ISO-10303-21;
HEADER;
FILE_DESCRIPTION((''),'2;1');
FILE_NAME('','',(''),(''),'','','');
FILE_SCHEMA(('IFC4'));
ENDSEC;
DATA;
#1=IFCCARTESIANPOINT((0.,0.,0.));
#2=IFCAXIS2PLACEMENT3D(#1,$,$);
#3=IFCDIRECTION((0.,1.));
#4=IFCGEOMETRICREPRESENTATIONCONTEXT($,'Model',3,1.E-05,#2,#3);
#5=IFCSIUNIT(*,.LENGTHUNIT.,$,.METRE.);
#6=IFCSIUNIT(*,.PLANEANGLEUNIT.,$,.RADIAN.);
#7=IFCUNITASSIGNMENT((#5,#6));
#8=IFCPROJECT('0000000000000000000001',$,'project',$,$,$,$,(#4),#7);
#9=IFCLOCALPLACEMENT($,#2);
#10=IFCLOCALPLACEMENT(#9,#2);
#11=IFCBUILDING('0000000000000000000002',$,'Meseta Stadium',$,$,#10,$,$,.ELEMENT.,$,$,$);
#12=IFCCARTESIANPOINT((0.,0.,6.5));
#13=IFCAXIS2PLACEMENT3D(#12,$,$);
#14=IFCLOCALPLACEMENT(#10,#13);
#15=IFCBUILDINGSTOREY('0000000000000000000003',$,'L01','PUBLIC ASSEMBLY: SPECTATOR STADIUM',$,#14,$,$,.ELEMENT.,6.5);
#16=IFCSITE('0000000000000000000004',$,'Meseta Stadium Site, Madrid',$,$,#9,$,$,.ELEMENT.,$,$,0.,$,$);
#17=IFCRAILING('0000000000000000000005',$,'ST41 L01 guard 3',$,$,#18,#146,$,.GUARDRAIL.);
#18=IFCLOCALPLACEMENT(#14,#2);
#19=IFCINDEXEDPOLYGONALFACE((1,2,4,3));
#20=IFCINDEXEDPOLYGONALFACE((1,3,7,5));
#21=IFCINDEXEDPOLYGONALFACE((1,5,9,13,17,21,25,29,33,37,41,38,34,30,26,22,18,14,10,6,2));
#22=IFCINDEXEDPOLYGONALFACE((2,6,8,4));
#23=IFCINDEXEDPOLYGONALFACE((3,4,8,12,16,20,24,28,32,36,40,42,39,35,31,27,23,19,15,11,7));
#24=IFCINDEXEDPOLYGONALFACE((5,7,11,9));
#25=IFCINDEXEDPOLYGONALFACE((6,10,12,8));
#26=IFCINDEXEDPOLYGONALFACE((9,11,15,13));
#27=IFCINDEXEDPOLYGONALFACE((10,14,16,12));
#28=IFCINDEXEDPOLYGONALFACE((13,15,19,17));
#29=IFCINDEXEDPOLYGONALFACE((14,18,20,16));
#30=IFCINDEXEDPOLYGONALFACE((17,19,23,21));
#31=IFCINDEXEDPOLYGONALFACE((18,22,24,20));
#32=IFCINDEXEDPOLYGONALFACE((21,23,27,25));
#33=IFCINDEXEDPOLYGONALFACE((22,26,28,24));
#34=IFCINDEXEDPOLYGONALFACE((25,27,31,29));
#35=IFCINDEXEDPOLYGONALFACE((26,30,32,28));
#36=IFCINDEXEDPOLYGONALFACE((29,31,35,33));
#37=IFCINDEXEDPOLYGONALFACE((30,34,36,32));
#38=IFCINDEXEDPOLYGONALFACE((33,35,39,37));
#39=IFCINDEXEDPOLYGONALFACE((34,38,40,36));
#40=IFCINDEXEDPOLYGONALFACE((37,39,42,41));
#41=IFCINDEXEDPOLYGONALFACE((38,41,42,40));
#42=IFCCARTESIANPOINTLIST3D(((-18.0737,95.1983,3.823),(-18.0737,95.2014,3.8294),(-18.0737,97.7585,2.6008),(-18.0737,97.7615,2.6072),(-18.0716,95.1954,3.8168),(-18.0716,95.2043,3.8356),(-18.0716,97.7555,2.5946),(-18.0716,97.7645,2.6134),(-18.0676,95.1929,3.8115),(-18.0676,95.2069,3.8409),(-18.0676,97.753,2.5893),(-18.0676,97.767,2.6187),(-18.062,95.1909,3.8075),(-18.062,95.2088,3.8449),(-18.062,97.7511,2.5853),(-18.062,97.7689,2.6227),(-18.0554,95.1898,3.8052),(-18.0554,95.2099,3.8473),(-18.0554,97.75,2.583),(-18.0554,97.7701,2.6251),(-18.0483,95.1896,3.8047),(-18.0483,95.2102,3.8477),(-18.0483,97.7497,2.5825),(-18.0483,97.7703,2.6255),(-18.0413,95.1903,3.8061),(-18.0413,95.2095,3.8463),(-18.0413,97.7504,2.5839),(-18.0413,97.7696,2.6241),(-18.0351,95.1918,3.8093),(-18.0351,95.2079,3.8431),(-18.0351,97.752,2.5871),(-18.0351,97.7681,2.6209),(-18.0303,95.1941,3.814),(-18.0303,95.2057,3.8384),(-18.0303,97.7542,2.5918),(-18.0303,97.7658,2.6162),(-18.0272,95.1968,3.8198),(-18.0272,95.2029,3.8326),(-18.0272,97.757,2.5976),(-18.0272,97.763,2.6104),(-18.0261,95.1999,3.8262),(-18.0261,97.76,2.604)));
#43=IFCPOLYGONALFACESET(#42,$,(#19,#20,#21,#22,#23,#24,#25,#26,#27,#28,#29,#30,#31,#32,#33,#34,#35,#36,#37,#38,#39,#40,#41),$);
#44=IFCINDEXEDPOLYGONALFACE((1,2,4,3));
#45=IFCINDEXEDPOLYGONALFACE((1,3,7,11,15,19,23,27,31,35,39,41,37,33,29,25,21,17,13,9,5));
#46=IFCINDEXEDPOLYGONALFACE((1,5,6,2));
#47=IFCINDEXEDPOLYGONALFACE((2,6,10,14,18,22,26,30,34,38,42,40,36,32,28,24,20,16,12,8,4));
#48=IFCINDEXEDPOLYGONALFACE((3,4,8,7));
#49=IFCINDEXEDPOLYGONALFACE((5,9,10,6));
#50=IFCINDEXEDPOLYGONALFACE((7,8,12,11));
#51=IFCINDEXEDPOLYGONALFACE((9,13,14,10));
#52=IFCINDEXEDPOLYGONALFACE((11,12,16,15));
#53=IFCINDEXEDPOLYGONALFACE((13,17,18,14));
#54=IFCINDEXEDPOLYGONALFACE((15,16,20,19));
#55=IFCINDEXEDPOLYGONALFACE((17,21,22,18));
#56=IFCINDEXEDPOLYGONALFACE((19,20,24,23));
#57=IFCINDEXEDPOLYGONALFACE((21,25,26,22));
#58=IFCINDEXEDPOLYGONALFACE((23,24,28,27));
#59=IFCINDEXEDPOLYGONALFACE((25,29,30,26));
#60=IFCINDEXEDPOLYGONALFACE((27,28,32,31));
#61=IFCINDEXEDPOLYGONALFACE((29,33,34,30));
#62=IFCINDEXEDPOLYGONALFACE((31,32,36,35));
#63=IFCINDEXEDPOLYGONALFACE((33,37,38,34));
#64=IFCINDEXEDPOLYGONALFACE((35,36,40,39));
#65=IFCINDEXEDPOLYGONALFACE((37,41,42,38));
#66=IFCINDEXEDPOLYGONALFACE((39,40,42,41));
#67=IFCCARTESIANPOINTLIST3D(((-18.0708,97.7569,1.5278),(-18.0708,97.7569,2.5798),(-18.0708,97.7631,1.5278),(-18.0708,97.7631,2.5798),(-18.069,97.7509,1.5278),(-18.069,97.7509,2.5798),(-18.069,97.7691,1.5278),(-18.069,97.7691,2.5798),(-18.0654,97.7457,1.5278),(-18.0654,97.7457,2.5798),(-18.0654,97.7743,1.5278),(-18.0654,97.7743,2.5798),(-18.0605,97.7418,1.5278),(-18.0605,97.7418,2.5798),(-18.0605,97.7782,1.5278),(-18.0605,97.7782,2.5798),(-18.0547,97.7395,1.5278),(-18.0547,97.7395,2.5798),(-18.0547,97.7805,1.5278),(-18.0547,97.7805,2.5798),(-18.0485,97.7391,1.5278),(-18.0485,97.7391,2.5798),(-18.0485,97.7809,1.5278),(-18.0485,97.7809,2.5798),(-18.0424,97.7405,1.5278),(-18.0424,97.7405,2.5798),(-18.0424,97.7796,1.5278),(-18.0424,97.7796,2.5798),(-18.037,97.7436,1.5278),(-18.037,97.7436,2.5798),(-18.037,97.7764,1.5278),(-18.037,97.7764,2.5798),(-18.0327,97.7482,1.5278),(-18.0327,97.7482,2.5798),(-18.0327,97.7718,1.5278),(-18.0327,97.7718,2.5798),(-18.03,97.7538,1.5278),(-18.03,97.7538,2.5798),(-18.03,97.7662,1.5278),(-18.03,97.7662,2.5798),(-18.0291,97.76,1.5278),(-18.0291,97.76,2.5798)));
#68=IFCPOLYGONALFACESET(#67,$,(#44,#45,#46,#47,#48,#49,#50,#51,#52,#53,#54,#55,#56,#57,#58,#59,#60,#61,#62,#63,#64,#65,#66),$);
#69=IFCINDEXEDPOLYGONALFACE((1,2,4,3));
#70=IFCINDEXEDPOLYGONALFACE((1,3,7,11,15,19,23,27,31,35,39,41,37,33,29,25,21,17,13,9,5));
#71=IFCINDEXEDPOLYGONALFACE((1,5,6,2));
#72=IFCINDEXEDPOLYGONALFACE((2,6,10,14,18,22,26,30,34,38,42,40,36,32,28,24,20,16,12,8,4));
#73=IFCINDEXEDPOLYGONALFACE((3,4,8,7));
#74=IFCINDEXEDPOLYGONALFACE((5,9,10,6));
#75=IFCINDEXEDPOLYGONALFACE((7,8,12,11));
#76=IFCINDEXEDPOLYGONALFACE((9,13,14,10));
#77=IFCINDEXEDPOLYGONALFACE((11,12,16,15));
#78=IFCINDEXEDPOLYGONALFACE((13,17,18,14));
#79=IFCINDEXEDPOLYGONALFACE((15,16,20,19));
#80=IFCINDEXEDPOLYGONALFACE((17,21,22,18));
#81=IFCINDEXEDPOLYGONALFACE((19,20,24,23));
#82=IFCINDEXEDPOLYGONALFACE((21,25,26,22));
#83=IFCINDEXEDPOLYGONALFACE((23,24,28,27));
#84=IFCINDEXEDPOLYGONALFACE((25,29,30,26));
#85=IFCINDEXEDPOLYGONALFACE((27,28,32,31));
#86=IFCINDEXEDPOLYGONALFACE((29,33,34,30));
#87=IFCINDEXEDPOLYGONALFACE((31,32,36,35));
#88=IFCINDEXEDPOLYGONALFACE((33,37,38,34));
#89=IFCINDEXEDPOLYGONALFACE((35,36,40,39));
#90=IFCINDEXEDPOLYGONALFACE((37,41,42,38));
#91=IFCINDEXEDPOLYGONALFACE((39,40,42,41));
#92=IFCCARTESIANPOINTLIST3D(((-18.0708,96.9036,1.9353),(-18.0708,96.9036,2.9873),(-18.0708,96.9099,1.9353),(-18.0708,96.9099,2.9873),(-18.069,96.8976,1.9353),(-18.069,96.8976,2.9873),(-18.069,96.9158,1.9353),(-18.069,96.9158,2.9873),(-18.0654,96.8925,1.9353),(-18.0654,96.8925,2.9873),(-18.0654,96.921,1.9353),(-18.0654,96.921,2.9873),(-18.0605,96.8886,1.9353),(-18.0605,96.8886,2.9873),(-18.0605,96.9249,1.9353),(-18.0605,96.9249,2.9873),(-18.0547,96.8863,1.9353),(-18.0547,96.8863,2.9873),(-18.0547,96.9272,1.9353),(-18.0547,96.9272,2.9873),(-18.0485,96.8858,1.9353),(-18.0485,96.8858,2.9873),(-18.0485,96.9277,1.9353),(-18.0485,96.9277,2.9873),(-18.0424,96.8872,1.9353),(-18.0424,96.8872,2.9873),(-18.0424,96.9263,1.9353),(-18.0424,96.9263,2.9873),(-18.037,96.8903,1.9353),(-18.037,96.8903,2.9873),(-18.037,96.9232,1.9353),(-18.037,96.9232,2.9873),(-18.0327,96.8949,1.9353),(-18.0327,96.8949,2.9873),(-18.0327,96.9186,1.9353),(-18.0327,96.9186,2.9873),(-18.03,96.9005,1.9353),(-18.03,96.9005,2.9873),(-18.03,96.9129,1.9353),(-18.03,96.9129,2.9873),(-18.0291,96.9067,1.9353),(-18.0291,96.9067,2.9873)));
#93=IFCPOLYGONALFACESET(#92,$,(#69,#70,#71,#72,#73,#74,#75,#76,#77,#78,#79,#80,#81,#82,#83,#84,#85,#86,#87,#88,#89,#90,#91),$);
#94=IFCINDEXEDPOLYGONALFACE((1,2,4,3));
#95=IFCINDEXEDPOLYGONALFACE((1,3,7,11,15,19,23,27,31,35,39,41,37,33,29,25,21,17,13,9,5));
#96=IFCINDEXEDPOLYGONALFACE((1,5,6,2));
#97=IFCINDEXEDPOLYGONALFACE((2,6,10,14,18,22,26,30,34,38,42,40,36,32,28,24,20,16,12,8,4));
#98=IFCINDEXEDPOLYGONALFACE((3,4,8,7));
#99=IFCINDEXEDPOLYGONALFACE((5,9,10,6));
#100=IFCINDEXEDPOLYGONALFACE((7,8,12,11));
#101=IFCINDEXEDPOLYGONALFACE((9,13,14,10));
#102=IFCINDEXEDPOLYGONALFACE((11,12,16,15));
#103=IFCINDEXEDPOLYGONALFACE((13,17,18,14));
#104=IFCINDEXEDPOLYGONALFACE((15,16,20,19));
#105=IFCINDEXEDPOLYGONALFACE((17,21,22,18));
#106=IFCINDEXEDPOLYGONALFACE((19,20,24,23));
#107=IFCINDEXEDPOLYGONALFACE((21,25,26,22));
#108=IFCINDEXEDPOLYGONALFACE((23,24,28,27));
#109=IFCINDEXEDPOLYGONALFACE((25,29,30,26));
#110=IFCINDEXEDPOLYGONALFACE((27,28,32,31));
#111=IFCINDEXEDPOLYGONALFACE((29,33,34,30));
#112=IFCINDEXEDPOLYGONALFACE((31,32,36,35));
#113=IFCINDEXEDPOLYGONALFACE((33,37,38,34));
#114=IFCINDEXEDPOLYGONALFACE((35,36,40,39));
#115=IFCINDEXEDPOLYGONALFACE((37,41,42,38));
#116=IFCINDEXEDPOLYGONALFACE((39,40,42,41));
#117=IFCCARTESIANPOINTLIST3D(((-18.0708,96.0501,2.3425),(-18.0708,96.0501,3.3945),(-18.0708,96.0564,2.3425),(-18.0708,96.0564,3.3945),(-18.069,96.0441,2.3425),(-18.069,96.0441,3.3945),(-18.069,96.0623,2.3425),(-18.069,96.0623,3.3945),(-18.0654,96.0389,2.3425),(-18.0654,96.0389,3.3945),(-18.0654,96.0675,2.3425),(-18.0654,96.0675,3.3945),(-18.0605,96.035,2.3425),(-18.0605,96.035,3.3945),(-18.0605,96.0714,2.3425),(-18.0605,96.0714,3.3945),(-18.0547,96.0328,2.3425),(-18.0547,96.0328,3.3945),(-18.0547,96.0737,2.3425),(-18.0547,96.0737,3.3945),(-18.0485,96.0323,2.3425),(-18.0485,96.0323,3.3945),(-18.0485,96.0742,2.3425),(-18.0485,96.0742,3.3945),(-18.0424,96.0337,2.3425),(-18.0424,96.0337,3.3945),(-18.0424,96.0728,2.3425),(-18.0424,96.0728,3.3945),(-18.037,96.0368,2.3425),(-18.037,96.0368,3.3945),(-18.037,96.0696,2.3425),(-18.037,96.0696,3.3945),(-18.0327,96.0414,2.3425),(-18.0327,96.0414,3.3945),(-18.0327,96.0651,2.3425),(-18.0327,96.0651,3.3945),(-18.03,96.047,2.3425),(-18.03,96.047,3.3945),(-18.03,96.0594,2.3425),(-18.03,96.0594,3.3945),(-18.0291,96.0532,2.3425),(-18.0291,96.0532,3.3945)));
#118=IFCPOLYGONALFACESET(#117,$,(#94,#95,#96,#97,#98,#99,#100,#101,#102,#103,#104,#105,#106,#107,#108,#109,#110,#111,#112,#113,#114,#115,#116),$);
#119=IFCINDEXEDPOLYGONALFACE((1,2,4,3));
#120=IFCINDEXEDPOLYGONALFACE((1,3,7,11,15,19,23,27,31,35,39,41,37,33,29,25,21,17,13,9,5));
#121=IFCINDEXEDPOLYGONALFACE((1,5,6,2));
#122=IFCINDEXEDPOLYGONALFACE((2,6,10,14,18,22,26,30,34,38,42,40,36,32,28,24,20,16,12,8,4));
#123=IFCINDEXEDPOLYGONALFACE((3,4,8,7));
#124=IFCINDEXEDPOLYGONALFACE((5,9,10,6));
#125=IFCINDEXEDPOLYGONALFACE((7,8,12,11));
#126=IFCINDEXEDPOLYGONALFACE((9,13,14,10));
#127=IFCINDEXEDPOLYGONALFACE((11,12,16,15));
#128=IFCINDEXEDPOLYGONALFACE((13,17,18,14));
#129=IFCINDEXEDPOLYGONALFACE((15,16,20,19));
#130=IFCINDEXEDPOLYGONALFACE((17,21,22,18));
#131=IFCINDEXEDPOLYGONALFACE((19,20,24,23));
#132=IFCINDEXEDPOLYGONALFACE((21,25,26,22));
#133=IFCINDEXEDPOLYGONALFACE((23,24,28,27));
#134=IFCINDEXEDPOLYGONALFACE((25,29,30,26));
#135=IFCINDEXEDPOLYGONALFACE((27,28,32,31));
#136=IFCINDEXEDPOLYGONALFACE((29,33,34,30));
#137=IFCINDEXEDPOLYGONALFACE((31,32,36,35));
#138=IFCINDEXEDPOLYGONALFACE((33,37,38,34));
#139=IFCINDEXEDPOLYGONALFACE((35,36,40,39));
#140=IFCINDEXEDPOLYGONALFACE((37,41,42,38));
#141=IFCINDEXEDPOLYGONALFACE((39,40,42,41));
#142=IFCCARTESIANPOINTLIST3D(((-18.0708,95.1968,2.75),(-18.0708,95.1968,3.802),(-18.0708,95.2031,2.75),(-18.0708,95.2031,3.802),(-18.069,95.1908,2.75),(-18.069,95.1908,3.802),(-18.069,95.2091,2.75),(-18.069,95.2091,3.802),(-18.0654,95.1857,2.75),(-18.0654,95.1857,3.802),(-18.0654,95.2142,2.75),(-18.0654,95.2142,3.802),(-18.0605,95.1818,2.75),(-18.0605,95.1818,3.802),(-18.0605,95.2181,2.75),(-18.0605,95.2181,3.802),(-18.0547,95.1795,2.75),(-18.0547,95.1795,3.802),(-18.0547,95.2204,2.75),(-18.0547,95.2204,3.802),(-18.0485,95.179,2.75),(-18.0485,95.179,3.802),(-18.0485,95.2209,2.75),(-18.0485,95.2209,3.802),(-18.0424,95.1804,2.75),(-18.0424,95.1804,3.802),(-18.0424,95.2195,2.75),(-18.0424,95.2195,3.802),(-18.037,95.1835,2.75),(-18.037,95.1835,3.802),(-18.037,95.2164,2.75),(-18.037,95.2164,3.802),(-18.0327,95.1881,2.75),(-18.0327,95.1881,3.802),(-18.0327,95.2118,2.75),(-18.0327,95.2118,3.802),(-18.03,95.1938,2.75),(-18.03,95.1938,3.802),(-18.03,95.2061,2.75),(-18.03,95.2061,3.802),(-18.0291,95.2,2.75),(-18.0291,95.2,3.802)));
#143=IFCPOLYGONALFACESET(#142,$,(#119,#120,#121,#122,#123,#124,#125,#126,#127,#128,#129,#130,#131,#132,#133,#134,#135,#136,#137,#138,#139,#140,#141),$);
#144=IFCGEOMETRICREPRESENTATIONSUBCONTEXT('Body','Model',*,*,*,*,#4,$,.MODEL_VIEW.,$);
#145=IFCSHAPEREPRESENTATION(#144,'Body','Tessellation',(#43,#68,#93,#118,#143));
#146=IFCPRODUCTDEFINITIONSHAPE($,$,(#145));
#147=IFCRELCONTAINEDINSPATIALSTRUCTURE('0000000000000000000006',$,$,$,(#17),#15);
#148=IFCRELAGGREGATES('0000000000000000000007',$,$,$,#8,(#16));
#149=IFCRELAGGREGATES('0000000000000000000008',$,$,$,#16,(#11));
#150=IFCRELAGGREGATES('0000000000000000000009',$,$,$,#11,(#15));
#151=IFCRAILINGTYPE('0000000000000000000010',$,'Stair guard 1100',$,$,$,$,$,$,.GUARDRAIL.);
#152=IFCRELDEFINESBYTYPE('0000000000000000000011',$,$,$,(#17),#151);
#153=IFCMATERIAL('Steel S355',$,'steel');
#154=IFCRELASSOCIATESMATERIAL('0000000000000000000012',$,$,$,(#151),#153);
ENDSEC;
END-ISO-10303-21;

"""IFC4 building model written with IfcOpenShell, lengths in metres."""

from ifc_helpers import new_model, si_unit, direction, frame, origin, origin_2d, place, context, subcontext, project, spatial, circle, extrude, material, type_object, element, save


model = new_model("IFC4")

# Units and contexts
model_context = context("Model", 3, precision=1e-05, world=origin(), true_north=direction((0.0, 1.0)))
body_context = subcontext(model_context, "Body", "Model", "MODEL_VIEW")
ifc_project = project(units=[si_unit("LENGTHUNIT", "METRE"), si_unit("PLANEANGLEUNIT", "RADIAN")], contexts=[model_context])

# Site, building, storey
site_placement = place(None, origin())
site = spatial("IfcSite", under=ifc_project, at=site_placement, Name="Meseta Stadium Site, Madrid", CompositionType="ELEMENT", RefElevation=0.0)
building_placement = place(site_placement, origin())
building = spatial("IfcBuilding", under=site, at=building_placement, Name="Meseta Stadium", CompositionType="ELEMENT")
storey_placement = place(building_placement, frame((0.0, 0.0, 6.5)))
storey = spatial("IfcBuildingStorey", under=building, at=storey_placement, Name="L01", Description="PUBLIC ASSEMBLY: SPECTATOR STADIUM", CompositionType="ELEMENT", Elevation=6.5)

# Railing
ifc_material_1 = material(Name="Steel S355", Category="steel")
railing_type_1 = type_object("IfcRailingType", Name="Stair guard 1100", PredefinedType="GUARDRAIL", material=ifc_material_1)
railing_1_placement = place(storey_placement, frame((-18.05, 97.76, 1.5278)))
element("IfcRailing", 1, at=railing_1_placement, inside=storey, type_object=railing_type_1, Name="ST41 L01 guard 3", PredefinedType="GUARDRAIL", context=body_context, shape_type="SweptSolid", body=[
    extrude(circle(Radius=0.0239, at=origin_2d()), frame((0.0, 0.0, 1.0762), z_axis=(0.0, -0.902437, 0.430822), x_axis=(1.0, 0.0, 0.0)), (0.0, 0.0, 1.0), 2.8369),
    extrude(circle(Radius=0.021, at=origin_2d()), origin(), (0.0, 0.0, 1.0), 1.052),
    extrude(circle(Radius=0.021, at=origin_2d()), frame((0.0, -0.8533, 0.4075)), (0.0, 0.0, 1.0), 1.052),
    extrude(circle(Radius=0.021, at=origin_2d()), frame((0.0, -1.7068, 0.8147)), (0.0, 0.0, 1.0), 1.052),
    extrude(circle(Radius=0.021, at=origin_2d()), frame((0.0, -2.5601, 1.2222)), (0.0, 0.0, 1.0), 1.052),
])

save(model, "model.ifc")
